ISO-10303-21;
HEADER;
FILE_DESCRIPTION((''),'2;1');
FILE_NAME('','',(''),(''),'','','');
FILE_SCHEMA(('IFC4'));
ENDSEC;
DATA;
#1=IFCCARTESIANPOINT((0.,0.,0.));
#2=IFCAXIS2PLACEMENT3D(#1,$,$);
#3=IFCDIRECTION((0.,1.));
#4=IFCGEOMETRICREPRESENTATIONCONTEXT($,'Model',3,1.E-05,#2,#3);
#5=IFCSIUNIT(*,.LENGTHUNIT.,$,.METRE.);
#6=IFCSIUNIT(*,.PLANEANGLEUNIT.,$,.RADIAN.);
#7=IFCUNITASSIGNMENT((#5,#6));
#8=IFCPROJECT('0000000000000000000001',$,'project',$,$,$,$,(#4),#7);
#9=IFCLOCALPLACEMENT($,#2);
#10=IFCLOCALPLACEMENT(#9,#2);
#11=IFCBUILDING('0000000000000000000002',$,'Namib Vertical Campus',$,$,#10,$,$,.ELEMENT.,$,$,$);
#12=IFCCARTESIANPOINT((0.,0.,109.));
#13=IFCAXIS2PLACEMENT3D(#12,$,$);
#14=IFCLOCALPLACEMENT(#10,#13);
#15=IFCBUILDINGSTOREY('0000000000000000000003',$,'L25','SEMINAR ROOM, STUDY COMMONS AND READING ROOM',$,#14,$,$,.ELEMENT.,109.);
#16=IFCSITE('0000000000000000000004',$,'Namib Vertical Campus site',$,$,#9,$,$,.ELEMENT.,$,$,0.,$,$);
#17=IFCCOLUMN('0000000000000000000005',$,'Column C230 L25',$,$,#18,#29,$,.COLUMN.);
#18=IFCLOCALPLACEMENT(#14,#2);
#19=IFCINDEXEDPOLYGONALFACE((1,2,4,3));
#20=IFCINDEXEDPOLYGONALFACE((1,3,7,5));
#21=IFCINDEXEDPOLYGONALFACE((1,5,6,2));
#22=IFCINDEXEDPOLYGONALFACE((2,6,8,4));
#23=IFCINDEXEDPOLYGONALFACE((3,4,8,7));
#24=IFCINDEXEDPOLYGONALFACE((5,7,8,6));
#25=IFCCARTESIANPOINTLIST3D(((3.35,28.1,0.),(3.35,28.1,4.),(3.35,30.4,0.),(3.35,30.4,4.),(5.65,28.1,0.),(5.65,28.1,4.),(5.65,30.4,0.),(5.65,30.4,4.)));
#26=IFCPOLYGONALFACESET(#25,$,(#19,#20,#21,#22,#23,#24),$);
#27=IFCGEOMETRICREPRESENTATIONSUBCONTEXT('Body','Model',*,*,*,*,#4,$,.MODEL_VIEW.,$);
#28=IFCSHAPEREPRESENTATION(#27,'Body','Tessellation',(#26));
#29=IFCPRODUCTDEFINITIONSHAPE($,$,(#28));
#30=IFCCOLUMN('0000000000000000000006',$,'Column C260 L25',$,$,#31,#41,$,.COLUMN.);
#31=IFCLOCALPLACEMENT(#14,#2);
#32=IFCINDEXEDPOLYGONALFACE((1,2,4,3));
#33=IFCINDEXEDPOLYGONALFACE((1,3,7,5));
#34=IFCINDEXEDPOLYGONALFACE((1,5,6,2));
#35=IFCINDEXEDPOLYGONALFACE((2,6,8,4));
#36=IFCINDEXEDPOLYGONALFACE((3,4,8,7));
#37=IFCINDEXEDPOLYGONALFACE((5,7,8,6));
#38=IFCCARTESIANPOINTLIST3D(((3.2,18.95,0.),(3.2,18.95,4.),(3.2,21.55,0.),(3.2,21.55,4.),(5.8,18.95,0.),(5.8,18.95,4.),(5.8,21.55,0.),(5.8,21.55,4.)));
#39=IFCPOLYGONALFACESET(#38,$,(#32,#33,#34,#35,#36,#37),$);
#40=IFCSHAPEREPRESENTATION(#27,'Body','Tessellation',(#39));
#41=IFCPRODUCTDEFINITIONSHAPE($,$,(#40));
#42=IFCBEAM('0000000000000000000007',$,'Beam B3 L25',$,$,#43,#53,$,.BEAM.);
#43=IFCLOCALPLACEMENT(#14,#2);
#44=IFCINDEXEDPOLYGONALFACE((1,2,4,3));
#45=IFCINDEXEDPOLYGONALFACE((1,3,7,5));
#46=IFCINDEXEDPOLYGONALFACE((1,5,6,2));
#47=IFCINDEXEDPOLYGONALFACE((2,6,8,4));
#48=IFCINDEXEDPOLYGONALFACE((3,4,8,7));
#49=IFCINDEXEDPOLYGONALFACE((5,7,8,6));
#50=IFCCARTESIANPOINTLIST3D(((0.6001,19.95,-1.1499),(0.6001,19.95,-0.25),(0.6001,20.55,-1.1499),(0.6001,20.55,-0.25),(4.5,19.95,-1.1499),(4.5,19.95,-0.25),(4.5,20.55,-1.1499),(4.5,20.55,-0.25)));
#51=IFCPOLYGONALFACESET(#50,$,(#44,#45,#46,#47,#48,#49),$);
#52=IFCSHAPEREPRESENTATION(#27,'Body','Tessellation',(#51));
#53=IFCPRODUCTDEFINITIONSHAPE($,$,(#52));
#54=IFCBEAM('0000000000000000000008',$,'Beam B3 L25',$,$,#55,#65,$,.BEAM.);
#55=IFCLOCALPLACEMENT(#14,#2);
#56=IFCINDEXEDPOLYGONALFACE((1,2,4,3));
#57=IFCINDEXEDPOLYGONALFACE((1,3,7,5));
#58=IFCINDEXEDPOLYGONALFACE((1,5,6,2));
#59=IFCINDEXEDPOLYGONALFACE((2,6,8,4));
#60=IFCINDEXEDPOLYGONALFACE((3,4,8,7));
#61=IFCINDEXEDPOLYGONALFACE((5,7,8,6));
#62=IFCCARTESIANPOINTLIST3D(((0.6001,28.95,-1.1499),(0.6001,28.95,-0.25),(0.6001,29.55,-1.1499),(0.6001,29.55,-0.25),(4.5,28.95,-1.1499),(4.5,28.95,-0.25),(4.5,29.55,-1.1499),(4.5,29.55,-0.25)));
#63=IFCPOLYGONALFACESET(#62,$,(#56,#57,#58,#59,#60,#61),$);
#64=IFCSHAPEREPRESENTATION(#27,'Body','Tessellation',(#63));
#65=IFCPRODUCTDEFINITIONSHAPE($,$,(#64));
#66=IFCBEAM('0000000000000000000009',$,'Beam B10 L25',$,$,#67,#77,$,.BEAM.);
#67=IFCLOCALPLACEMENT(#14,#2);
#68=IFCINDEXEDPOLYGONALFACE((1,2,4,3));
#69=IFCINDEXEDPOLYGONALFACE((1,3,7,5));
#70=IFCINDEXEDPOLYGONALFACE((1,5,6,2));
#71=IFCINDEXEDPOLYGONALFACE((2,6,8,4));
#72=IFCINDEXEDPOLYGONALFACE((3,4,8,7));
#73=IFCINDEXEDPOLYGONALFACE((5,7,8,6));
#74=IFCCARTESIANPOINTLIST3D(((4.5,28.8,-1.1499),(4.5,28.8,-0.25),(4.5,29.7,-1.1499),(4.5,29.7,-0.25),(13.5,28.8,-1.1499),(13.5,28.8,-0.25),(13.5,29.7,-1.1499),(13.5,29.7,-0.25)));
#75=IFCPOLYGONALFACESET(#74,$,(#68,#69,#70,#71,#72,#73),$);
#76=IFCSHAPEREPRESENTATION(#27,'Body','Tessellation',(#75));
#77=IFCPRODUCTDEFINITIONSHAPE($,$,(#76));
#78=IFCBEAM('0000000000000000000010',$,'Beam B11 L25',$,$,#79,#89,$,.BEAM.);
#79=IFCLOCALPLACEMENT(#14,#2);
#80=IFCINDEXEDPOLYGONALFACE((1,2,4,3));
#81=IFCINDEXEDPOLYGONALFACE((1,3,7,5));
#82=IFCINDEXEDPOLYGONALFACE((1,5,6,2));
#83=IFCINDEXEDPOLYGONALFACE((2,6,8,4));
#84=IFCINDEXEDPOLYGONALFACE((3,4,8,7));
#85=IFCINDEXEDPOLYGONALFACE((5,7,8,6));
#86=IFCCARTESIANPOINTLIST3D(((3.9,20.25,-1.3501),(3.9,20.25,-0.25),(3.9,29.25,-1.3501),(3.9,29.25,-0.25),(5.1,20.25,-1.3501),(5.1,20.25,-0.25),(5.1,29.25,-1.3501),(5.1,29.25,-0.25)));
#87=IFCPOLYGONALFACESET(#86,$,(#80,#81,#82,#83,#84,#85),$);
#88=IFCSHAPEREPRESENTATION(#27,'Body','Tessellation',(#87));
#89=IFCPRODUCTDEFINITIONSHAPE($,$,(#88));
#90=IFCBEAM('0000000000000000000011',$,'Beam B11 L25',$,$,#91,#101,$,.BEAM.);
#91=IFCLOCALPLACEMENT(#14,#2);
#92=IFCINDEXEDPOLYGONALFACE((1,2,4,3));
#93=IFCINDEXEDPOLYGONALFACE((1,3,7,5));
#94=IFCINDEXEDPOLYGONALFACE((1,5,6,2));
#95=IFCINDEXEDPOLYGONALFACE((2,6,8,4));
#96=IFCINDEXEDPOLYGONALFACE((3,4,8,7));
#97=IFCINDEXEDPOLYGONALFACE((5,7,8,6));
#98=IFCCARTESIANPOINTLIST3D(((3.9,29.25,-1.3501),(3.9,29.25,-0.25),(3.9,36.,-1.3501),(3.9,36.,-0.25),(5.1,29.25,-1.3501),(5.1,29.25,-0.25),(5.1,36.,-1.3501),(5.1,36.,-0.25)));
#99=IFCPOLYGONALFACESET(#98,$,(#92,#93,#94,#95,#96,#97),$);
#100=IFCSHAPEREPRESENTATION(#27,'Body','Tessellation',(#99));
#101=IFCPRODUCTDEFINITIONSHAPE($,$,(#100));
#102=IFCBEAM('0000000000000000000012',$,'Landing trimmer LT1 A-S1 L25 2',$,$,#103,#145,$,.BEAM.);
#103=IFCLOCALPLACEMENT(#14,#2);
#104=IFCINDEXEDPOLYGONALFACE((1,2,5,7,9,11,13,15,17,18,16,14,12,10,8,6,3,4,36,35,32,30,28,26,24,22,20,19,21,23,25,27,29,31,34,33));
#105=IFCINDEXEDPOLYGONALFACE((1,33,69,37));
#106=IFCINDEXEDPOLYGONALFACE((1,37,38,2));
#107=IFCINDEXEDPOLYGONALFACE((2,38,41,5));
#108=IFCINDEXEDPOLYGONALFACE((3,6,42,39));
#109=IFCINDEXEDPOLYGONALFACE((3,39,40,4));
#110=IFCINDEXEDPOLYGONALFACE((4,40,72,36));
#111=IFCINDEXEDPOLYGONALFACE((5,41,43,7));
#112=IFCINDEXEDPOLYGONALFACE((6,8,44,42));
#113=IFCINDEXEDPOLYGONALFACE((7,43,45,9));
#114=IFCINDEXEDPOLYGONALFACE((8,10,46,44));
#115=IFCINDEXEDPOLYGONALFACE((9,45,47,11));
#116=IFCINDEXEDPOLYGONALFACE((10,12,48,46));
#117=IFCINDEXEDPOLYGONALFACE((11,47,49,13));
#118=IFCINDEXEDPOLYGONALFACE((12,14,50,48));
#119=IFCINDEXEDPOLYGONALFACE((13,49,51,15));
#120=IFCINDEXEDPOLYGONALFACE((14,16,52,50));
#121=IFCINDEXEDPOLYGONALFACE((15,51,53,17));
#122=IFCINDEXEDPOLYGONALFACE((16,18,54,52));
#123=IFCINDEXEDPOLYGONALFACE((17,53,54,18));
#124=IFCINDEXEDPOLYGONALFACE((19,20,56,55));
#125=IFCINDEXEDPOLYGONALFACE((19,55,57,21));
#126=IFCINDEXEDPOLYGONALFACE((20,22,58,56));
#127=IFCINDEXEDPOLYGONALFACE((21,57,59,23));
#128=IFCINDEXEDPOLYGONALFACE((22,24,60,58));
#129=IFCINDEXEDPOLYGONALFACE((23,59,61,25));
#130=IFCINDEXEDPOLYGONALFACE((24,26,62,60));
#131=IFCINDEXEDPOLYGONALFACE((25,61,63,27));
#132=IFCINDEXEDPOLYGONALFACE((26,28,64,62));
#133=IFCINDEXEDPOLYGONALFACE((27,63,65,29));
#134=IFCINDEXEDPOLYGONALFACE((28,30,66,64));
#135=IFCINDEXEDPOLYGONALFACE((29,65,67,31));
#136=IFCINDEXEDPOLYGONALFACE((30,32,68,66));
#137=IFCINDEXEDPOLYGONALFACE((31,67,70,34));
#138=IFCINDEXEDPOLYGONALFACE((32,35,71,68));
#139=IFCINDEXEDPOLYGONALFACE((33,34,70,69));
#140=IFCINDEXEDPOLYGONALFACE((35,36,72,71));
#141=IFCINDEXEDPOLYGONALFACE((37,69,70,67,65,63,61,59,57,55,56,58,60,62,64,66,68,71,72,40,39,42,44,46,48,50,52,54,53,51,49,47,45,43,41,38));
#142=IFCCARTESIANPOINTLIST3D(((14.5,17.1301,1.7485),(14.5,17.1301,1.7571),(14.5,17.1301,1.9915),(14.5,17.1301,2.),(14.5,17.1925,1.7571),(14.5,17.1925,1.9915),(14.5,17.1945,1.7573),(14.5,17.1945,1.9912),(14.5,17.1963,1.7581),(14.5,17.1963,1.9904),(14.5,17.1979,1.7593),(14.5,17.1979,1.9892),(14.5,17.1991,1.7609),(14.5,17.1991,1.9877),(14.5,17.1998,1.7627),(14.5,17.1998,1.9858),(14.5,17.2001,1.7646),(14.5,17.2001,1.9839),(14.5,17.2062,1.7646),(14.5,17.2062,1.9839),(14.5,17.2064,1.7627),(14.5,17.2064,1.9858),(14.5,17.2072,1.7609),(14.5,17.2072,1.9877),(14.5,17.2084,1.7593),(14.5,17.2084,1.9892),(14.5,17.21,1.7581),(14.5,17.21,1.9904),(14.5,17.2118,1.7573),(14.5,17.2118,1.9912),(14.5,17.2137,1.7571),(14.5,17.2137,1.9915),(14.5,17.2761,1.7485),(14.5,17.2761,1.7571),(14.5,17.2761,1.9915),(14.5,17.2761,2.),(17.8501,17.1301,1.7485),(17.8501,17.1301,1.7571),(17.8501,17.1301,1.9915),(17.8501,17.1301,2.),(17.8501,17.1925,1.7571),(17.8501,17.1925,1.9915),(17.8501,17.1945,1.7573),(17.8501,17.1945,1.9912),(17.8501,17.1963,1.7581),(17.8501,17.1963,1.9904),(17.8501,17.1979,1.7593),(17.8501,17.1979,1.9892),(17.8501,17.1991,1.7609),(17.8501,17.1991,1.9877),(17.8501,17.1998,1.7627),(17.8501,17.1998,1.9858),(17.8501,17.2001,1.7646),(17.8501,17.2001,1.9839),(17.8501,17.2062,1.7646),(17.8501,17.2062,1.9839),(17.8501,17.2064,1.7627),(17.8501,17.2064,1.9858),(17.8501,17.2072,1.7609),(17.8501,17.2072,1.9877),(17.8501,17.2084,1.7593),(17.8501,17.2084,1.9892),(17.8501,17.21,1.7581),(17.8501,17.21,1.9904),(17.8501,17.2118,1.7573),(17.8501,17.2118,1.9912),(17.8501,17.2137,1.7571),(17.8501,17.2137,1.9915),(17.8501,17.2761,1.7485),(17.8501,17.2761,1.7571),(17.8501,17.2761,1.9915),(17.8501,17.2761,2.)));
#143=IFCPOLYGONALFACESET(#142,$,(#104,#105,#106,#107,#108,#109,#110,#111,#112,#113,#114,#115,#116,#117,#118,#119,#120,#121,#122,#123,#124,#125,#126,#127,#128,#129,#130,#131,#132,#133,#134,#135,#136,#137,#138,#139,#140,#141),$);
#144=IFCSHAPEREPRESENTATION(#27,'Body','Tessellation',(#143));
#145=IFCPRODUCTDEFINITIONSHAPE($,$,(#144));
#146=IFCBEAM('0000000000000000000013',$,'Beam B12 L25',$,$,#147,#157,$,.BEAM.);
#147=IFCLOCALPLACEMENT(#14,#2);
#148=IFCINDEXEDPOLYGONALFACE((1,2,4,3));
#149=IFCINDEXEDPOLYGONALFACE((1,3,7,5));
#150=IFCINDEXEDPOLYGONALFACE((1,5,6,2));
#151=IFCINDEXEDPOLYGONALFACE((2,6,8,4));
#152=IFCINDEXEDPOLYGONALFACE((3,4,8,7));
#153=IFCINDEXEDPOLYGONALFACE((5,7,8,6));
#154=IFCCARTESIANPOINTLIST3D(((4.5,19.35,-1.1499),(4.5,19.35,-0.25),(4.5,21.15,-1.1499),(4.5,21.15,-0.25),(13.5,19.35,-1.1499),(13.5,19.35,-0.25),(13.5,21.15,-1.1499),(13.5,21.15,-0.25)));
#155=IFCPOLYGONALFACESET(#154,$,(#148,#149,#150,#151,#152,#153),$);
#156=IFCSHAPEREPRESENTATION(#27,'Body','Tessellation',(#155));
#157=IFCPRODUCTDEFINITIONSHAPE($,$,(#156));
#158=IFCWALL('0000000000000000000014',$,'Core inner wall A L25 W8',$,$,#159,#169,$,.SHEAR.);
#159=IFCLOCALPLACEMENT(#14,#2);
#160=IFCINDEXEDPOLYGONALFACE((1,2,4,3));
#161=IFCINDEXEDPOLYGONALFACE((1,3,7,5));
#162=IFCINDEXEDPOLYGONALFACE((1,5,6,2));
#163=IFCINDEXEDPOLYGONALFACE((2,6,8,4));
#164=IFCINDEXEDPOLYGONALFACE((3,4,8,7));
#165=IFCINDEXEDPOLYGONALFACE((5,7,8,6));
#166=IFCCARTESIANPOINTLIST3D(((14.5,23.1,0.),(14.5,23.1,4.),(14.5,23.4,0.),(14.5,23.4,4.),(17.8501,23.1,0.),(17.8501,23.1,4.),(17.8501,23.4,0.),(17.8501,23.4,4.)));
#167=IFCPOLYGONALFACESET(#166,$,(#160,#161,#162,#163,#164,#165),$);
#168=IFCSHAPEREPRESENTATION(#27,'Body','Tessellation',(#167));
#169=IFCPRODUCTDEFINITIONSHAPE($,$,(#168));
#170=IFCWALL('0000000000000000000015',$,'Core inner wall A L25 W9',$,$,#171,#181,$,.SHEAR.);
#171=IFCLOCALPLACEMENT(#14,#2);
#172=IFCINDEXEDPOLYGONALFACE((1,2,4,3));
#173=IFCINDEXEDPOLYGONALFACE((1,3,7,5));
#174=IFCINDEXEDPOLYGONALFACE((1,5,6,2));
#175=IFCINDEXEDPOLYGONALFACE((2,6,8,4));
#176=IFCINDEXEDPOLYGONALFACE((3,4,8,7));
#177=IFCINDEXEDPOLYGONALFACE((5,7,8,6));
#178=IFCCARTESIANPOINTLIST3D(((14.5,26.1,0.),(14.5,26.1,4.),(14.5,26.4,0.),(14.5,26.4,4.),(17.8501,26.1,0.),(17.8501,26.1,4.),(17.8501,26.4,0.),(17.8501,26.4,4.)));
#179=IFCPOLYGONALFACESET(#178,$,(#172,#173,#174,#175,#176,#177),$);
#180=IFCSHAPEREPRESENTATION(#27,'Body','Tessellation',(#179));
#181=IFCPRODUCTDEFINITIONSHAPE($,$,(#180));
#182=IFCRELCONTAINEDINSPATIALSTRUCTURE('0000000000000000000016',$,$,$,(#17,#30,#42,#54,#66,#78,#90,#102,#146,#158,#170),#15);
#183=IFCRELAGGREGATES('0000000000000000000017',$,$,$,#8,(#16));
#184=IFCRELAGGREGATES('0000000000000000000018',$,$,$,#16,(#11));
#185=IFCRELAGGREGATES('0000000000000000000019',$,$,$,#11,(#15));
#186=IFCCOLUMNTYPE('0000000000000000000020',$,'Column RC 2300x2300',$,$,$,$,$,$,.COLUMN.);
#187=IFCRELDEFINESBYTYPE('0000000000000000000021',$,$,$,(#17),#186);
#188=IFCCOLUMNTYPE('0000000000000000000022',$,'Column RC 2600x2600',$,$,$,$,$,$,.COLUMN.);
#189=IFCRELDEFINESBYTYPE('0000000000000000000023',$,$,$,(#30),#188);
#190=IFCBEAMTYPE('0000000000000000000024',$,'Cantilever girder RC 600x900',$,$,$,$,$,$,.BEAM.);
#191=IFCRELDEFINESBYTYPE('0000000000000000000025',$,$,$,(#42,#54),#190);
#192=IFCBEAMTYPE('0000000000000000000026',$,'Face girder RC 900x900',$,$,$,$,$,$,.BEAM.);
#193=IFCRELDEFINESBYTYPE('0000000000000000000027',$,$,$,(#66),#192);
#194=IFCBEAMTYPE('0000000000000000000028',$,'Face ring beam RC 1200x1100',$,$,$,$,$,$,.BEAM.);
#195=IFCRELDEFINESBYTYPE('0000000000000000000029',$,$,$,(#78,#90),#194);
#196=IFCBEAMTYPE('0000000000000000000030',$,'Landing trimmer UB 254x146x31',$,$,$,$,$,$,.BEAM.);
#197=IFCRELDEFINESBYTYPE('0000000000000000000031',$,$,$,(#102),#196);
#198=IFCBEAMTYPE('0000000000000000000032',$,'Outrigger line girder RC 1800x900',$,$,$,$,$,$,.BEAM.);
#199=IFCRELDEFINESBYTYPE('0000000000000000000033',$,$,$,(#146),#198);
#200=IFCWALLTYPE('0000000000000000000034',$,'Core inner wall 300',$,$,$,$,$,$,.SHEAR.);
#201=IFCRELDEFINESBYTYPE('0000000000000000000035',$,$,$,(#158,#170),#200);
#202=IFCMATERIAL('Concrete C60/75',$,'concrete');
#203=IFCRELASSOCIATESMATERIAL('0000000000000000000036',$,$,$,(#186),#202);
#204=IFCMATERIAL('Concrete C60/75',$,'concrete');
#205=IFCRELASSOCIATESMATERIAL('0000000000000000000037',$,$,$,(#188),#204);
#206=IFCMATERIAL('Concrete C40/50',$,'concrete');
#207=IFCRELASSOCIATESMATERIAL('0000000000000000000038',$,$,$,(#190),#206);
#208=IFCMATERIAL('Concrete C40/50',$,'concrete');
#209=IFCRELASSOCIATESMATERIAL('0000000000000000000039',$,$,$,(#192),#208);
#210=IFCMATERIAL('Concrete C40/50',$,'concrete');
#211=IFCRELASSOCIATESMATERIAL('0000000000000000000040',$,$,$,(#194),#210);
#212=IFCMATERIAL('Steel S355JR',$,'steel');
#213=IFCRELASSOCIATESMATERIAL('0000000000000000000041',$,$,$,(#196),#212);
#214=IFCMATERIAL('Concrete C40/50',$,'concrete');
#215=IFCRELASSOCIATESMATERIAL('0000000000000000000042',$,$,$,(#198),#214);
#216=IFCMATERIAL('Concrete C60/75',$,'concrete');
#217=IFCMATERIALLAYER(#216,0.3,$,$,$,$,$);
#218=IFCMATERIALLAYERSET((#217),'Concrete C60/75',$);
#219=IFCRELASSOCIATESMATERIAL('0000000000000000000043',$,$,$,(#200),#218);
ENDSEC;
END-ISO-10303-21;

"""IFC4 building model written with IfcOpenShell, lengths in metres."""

from ifc_helpers import new_model, si_unit, direction, frame, frame_2d, origin, origin_2d, place, context, subcontext, project, spatial, rectangle, i_section, extrude, material, layer, layer_set, material_profile, profile_set, type_object, element, save


model = new_model("IFC4")

# Units and contexts
model_context = context("Model", 3, precision=1e-05, world=origin(), true_north=direction((0.0, 1.0)))
body_context = subcontext(model_context, "Body", "Model", "MODEL_VIEW")
ifc_project = project(units=[si_unit("LENGTHUNIT", "METRE"), si_unit("PLANEANGLEUNIT", "RADIAN")], contexts=[model_context])

# Site, building, storey
site_placement = place(None, origin())
site = spatial("IfcSite", under=ifc_project, at=site_placement, Name="Namib Vertical Campus site", CompositionType="ELEMENT", RefElevation=0.0)
building_placement = place(site_placement, origin())
building = spatial("IfcBuilding", under=site, at=building_placement, Name="Namib Vertical Campus", CompositionType="ELEMENT")
storey_placement = place(building_placement, frame((0.0, 0.0, 109.0)))
storey = spatial("IfcBuildingStorey", under=building, at=storey_placement, Name="L25", Description="SEMINAR ROOM, STUDY COMMONS AND READING ROOM", CompositionType="ELEMENT", Elevation=109.0)

# Columns
ifc_material_1 = material(Name="Concrete C60/75", Category="concrete")
ifc_material_profile_1 = material_profile(ifc_material_1, rectangle(XDim=2.3, YDim=2.3, at=origin_2d()))
ifc_profile_set_1 = profile_set([ifc_material_profile_1], Name="Concrete C60/75")
column_type_1 = type_object("IfcColumnType", Name="Column RC 2300x2300", PredefinedType="COLUMN", material=ifc_profile_set_1)
column_1_placement = place(storey_placement, frame((4.5, 29.25, 0.0), z_axis=(0.0, 0.0, 1.0), x_axis=(1.0, 0.0, 0.0)))
element("IfcColumn", 1, at=column_1_placement, inside=storey, type_object=column_type_1, Name="Column C230 L25", PredefinedType="COLUMN", context=body_context, shape_type="SweptSolid", body=[
    extrude(rectangle(XDim=2.3, YDim=2.3, at=origin_2d()), origin(), (0.0, 0.0, 1.0), 4.0),
])
ifc_material_2 = material(Name="Concrete C60/75", Category="concrete")
ifc_material_profile_2 = material_profile(ifc_material_2, rectangle(XDim=2.6001, YDim=2.6001, at=origin_2d()))
ifc_profile_set_2 = profile_set([ifc_material_profile_2], Name="Concrete C60/75")
column_type_2 = type_object("IfcColumnType", Name="Column RC 2600x2600", PredefinedType="COLUMN", material=ifc_profile_set_2)
column_2_placement = place(storey_placement, frame((4.5, 20.25, 0.0), z_axis=(0.0, 0.0, 1.0), x_axis=(1.0, 0.0, 0.0)))
element("IfcColumn", 2, at=column_2_placement, inside=storey, type_object=column_type_2, Name="Column C260 L25", PredefinedType="COLUMN", context=body_context, shape_type="SweptSolid", body=[
    extrude(rectangle(XDim=2.6001, YDim=2.6001, at=origin_2d()), origin(), (0.0, 0.0, 1.0), 4.0),
])

# Beams
ifc_material_3 = material(Name="Concrete C40/50", Category="concrete")
ifc_material_profile_3 = material_profile(ifc_material_3, rectangle(XDim=0.6001, YDim=0.8999, at=origin_2d()))
ifc_profile_set_3 = profile_set([ifc_material_profile_3], Name="Concrete C40/50")
beam_type_1 = type_object("IfcBeamType", Name="Cantilever girder RC 600x900", PredefinedType="BEAM", material=ifc_profile_set_3)
for number, where, z_axis, x_axis, name in (
    (3, (4.5, 20.25, -0.7), (-1.0, 0.0, 0.0), (0.0, -1.0, 0.0), "Beam B3 L25"),
    (4, (4.5, 29.25, -0.7), (-1.0, 0.0, 0.0), (0.0, -1.0, 0.0), "Beam B3 L25"),
):
    element("IfcBeam", number, at=place(storey_placement, frame(where, z_axis=z_axis, x_axis=x_axis)), inside=storey, type_object=beam_type_1, Name=name, PredefinedType="BEAM", context=body_context, shape_type="SweptSolid", body=[
        extrude(rectangle(XDim=0.6001, YDim=0.8999, at=origin_2d()), origin(), (0.0, 0.0, 1.0), 3.8999),
    ])
ifc_material_4 = material(Name="Concrete C40/50", Category="concrete")
ifc_material_profile_4 = material_profile(ifc_material_4, rectangle(XDim=0.8999, YDim=0.8999, at=origin_2d()))
ifc_profile_set_4 = profile_set([ifc_material_profile_4], Name="Concrete C40/50")
beam_type_2 = type_object("IfcBeamType", Name="Face girder RC 900x900", PredefinedType="BEAM", material=ifc_profile_set_4)
beam_1_placement = place(storey_placement, frame((4.5, 29.25, -0.7), z_axis=(1.0, 0.0, 0.0), x_axis=(0.0, 1.0, 0.0)))
element("IfcBeam", 5, at=beam_1_placement, inside=storey, type_object=beam_type_2, Name="Beam B10 L25", PredefinedType="BEAM", context=body_context, shape_type="SweptSolid", body=[
    extrude(rectangle(XDim=0.8999, YDim=0.8999, at=origin_2d()), origin(), (0.0, 0.0, 1.0), 9.0),
])
ifc_material_5 = material(Name="Concrete C40/50", Category="concrete")
ifc_material_profile_5 = material_profile(ifc_material_5, rectangle(XDim=1.2, YDim=1.1001, at=origin_2d()))
ifc_profile_set_5 = profile_set([ifc_material_profile_5], Name="Concrete C40/50")
beam_type_3 = type_object("IfcBeamType", Name="Face ring beam RC 1200x1100", PredefinedType="BEAM", material=ifc_profile_set_5)
beam_2_placement = place(storey_placement, frame((4.5, 20.25, -0.8), z_axis=(0.0, 1.0, 0.0), x_axis=(-1.0, 0.0, 0.0)))
element("IfcBeam", 6, at=beam_2_placement, inside=storey, type_object=beam_type_3, Name="Beam B11 L25", PredefinedType="BEAM", context=body_context, shape_type="SweptSolid", body=[
    extrude(rectangle(XDim=1.2, YDim=1.1001, at=origin_2d()), origin(), (0.0, 0.0, 1.0), 9.0),
])
beam_3_placement = place(storey_placement, frame((4.5, 29.25, -0.8), z_axis=(0.0, 1.0, 0.0), x_axis=(-1.0, 0.0, 0.0)))
element("IfcBeam", 7, at=beam_3_placement, inside=storey, type_object=beam_type_3, Name="Beam B11 L25", PredefinedType="BEAM", context=body_context, shape_type="SweptSolid", body=[
    extrude(rectangle(XDim=1.2, YDim=1.1001, at=origin_2d()), origin(), (0.0, 0.0, 1.0), 6.75),
])
ifc_material_6 = material(Name="Steel S355JR", Category="steel")
ifc_material_profile_6 = material_profile(ifc_material_6, i_section(OverallWidth=0.146, OverallDepth=0.2515, WebThickness=0.0061, FlangeThickness=0.0085, FilletRadius=0.0076, at=origin_2d()))
ifc_profile_set_6 = profile_set([ifc_material_profile_6], Name="Steel S355JR")
beam_type_4 = type_object("IfcBeamType", Name="Landing trimmer UB 254x146x31", PredefinedType="BEAM", material=ifc_profile_set_6)
beam_4_placement = place(storey_placement, frame((14.5, 17.2031, 1.8743), z_axis=(1.0, 0.0, 0.0), x_axis=(0.0, 1.0, 0.0)))
element("IfcBeam", 8, at=beam_4_placement, inside=storey, type_object=beam_type_4, Name="Landing trimmer LT1 A-S1 L25 2", PredefinedType="BEAM", context=body_context, shape_type="SweptSolid", body=[
    extrude(i_section(OverallWidth=0.146, OverallDepth=0.2515, WebThickness=0.0061, FlangeThickness=0.0085, FilletRadius=0.0076, at=origin_2d()), origin(), (0.0, 0.0, 1.0), 3.3501),
])
ifc_material_7 = material(Name="Concrete C40/50", Category="concrete")
ifc_material_profile_7 = material_profile(ifc_material_7, rectangle(XDim=1.8, YDim=0.8999, at=origin_2d()))
ifc_profile_set_7 = profile_set([ifc_material_profile_7], Name="Concrete C40/50")
beam_type_5 = type_object("IfcBeamType", Name="Outrigger line girder RC 1800x900", PredefinedType="BEAM", material=ifc_profile_set_7)
beam_5_placement = place(storey_placement, frame((4.5, 20.25, -0.7), z_axis=(1.0, 0.0, 0.0), x_axis=(0.0, 1.0, 0.0)))
element("IfcBeam", 9, at=beam_5_placement, inside=storey, type_object=beam_type_5, Name="Beam B12 L25", PredefinedType="BEAM", context=body_context, shape_type="SweptSolid", body=[
    extrude(rectangle(XDim=1.8, YDim=0.8999, at=origin_2d()), origin(), (0.0, 0.0, 1.0), 9.0),
])

# Walls
ifc_material_8 = material(Name="Concrete C60/75", Category="concrete")
ifc_layer_1 = layer(ifc_material_8, 0.3)
ifc_layer_set_1 = layer_set([ifc_layer_1], Name="Concrete C60/75")
wall_type_1 = type_object("IfcWallType", Name="Core inner wall 300", PredefinedType="SHEAR", material=ifc_layer_set_1)
for number, where, z_axis, x_axis, name in (
    (10, (14.5, 23.25, 0.0), (0.0, 0.0, 1.0), (1.0, 0.0, 0.0), "Core inner wall A L25 W8"),
    (11, (14.5, 26.25, 0.0), (0.0, 0.0, 1.0), (1.0, 0.0, 0.0), "Core inner wall A L25 W9"),
):
    element("IfcWall", number, at=place(storey_placement, frame(where, z_axis=z_axis, x_axis=x_axis)), inside=storey, type_object=wall_type_1, Name=name, PredefinedType="SHEAR", context=body_context, shape_type="SweptSolid", body=[
        extrude(rectangle(XDim=3.3501, YDim=0.3, at=frame_2d((1.675, 0.0))), origin(), (0.0, 0.0, 1.0), 4.0),
    ])

save(model, "model.ifc")
